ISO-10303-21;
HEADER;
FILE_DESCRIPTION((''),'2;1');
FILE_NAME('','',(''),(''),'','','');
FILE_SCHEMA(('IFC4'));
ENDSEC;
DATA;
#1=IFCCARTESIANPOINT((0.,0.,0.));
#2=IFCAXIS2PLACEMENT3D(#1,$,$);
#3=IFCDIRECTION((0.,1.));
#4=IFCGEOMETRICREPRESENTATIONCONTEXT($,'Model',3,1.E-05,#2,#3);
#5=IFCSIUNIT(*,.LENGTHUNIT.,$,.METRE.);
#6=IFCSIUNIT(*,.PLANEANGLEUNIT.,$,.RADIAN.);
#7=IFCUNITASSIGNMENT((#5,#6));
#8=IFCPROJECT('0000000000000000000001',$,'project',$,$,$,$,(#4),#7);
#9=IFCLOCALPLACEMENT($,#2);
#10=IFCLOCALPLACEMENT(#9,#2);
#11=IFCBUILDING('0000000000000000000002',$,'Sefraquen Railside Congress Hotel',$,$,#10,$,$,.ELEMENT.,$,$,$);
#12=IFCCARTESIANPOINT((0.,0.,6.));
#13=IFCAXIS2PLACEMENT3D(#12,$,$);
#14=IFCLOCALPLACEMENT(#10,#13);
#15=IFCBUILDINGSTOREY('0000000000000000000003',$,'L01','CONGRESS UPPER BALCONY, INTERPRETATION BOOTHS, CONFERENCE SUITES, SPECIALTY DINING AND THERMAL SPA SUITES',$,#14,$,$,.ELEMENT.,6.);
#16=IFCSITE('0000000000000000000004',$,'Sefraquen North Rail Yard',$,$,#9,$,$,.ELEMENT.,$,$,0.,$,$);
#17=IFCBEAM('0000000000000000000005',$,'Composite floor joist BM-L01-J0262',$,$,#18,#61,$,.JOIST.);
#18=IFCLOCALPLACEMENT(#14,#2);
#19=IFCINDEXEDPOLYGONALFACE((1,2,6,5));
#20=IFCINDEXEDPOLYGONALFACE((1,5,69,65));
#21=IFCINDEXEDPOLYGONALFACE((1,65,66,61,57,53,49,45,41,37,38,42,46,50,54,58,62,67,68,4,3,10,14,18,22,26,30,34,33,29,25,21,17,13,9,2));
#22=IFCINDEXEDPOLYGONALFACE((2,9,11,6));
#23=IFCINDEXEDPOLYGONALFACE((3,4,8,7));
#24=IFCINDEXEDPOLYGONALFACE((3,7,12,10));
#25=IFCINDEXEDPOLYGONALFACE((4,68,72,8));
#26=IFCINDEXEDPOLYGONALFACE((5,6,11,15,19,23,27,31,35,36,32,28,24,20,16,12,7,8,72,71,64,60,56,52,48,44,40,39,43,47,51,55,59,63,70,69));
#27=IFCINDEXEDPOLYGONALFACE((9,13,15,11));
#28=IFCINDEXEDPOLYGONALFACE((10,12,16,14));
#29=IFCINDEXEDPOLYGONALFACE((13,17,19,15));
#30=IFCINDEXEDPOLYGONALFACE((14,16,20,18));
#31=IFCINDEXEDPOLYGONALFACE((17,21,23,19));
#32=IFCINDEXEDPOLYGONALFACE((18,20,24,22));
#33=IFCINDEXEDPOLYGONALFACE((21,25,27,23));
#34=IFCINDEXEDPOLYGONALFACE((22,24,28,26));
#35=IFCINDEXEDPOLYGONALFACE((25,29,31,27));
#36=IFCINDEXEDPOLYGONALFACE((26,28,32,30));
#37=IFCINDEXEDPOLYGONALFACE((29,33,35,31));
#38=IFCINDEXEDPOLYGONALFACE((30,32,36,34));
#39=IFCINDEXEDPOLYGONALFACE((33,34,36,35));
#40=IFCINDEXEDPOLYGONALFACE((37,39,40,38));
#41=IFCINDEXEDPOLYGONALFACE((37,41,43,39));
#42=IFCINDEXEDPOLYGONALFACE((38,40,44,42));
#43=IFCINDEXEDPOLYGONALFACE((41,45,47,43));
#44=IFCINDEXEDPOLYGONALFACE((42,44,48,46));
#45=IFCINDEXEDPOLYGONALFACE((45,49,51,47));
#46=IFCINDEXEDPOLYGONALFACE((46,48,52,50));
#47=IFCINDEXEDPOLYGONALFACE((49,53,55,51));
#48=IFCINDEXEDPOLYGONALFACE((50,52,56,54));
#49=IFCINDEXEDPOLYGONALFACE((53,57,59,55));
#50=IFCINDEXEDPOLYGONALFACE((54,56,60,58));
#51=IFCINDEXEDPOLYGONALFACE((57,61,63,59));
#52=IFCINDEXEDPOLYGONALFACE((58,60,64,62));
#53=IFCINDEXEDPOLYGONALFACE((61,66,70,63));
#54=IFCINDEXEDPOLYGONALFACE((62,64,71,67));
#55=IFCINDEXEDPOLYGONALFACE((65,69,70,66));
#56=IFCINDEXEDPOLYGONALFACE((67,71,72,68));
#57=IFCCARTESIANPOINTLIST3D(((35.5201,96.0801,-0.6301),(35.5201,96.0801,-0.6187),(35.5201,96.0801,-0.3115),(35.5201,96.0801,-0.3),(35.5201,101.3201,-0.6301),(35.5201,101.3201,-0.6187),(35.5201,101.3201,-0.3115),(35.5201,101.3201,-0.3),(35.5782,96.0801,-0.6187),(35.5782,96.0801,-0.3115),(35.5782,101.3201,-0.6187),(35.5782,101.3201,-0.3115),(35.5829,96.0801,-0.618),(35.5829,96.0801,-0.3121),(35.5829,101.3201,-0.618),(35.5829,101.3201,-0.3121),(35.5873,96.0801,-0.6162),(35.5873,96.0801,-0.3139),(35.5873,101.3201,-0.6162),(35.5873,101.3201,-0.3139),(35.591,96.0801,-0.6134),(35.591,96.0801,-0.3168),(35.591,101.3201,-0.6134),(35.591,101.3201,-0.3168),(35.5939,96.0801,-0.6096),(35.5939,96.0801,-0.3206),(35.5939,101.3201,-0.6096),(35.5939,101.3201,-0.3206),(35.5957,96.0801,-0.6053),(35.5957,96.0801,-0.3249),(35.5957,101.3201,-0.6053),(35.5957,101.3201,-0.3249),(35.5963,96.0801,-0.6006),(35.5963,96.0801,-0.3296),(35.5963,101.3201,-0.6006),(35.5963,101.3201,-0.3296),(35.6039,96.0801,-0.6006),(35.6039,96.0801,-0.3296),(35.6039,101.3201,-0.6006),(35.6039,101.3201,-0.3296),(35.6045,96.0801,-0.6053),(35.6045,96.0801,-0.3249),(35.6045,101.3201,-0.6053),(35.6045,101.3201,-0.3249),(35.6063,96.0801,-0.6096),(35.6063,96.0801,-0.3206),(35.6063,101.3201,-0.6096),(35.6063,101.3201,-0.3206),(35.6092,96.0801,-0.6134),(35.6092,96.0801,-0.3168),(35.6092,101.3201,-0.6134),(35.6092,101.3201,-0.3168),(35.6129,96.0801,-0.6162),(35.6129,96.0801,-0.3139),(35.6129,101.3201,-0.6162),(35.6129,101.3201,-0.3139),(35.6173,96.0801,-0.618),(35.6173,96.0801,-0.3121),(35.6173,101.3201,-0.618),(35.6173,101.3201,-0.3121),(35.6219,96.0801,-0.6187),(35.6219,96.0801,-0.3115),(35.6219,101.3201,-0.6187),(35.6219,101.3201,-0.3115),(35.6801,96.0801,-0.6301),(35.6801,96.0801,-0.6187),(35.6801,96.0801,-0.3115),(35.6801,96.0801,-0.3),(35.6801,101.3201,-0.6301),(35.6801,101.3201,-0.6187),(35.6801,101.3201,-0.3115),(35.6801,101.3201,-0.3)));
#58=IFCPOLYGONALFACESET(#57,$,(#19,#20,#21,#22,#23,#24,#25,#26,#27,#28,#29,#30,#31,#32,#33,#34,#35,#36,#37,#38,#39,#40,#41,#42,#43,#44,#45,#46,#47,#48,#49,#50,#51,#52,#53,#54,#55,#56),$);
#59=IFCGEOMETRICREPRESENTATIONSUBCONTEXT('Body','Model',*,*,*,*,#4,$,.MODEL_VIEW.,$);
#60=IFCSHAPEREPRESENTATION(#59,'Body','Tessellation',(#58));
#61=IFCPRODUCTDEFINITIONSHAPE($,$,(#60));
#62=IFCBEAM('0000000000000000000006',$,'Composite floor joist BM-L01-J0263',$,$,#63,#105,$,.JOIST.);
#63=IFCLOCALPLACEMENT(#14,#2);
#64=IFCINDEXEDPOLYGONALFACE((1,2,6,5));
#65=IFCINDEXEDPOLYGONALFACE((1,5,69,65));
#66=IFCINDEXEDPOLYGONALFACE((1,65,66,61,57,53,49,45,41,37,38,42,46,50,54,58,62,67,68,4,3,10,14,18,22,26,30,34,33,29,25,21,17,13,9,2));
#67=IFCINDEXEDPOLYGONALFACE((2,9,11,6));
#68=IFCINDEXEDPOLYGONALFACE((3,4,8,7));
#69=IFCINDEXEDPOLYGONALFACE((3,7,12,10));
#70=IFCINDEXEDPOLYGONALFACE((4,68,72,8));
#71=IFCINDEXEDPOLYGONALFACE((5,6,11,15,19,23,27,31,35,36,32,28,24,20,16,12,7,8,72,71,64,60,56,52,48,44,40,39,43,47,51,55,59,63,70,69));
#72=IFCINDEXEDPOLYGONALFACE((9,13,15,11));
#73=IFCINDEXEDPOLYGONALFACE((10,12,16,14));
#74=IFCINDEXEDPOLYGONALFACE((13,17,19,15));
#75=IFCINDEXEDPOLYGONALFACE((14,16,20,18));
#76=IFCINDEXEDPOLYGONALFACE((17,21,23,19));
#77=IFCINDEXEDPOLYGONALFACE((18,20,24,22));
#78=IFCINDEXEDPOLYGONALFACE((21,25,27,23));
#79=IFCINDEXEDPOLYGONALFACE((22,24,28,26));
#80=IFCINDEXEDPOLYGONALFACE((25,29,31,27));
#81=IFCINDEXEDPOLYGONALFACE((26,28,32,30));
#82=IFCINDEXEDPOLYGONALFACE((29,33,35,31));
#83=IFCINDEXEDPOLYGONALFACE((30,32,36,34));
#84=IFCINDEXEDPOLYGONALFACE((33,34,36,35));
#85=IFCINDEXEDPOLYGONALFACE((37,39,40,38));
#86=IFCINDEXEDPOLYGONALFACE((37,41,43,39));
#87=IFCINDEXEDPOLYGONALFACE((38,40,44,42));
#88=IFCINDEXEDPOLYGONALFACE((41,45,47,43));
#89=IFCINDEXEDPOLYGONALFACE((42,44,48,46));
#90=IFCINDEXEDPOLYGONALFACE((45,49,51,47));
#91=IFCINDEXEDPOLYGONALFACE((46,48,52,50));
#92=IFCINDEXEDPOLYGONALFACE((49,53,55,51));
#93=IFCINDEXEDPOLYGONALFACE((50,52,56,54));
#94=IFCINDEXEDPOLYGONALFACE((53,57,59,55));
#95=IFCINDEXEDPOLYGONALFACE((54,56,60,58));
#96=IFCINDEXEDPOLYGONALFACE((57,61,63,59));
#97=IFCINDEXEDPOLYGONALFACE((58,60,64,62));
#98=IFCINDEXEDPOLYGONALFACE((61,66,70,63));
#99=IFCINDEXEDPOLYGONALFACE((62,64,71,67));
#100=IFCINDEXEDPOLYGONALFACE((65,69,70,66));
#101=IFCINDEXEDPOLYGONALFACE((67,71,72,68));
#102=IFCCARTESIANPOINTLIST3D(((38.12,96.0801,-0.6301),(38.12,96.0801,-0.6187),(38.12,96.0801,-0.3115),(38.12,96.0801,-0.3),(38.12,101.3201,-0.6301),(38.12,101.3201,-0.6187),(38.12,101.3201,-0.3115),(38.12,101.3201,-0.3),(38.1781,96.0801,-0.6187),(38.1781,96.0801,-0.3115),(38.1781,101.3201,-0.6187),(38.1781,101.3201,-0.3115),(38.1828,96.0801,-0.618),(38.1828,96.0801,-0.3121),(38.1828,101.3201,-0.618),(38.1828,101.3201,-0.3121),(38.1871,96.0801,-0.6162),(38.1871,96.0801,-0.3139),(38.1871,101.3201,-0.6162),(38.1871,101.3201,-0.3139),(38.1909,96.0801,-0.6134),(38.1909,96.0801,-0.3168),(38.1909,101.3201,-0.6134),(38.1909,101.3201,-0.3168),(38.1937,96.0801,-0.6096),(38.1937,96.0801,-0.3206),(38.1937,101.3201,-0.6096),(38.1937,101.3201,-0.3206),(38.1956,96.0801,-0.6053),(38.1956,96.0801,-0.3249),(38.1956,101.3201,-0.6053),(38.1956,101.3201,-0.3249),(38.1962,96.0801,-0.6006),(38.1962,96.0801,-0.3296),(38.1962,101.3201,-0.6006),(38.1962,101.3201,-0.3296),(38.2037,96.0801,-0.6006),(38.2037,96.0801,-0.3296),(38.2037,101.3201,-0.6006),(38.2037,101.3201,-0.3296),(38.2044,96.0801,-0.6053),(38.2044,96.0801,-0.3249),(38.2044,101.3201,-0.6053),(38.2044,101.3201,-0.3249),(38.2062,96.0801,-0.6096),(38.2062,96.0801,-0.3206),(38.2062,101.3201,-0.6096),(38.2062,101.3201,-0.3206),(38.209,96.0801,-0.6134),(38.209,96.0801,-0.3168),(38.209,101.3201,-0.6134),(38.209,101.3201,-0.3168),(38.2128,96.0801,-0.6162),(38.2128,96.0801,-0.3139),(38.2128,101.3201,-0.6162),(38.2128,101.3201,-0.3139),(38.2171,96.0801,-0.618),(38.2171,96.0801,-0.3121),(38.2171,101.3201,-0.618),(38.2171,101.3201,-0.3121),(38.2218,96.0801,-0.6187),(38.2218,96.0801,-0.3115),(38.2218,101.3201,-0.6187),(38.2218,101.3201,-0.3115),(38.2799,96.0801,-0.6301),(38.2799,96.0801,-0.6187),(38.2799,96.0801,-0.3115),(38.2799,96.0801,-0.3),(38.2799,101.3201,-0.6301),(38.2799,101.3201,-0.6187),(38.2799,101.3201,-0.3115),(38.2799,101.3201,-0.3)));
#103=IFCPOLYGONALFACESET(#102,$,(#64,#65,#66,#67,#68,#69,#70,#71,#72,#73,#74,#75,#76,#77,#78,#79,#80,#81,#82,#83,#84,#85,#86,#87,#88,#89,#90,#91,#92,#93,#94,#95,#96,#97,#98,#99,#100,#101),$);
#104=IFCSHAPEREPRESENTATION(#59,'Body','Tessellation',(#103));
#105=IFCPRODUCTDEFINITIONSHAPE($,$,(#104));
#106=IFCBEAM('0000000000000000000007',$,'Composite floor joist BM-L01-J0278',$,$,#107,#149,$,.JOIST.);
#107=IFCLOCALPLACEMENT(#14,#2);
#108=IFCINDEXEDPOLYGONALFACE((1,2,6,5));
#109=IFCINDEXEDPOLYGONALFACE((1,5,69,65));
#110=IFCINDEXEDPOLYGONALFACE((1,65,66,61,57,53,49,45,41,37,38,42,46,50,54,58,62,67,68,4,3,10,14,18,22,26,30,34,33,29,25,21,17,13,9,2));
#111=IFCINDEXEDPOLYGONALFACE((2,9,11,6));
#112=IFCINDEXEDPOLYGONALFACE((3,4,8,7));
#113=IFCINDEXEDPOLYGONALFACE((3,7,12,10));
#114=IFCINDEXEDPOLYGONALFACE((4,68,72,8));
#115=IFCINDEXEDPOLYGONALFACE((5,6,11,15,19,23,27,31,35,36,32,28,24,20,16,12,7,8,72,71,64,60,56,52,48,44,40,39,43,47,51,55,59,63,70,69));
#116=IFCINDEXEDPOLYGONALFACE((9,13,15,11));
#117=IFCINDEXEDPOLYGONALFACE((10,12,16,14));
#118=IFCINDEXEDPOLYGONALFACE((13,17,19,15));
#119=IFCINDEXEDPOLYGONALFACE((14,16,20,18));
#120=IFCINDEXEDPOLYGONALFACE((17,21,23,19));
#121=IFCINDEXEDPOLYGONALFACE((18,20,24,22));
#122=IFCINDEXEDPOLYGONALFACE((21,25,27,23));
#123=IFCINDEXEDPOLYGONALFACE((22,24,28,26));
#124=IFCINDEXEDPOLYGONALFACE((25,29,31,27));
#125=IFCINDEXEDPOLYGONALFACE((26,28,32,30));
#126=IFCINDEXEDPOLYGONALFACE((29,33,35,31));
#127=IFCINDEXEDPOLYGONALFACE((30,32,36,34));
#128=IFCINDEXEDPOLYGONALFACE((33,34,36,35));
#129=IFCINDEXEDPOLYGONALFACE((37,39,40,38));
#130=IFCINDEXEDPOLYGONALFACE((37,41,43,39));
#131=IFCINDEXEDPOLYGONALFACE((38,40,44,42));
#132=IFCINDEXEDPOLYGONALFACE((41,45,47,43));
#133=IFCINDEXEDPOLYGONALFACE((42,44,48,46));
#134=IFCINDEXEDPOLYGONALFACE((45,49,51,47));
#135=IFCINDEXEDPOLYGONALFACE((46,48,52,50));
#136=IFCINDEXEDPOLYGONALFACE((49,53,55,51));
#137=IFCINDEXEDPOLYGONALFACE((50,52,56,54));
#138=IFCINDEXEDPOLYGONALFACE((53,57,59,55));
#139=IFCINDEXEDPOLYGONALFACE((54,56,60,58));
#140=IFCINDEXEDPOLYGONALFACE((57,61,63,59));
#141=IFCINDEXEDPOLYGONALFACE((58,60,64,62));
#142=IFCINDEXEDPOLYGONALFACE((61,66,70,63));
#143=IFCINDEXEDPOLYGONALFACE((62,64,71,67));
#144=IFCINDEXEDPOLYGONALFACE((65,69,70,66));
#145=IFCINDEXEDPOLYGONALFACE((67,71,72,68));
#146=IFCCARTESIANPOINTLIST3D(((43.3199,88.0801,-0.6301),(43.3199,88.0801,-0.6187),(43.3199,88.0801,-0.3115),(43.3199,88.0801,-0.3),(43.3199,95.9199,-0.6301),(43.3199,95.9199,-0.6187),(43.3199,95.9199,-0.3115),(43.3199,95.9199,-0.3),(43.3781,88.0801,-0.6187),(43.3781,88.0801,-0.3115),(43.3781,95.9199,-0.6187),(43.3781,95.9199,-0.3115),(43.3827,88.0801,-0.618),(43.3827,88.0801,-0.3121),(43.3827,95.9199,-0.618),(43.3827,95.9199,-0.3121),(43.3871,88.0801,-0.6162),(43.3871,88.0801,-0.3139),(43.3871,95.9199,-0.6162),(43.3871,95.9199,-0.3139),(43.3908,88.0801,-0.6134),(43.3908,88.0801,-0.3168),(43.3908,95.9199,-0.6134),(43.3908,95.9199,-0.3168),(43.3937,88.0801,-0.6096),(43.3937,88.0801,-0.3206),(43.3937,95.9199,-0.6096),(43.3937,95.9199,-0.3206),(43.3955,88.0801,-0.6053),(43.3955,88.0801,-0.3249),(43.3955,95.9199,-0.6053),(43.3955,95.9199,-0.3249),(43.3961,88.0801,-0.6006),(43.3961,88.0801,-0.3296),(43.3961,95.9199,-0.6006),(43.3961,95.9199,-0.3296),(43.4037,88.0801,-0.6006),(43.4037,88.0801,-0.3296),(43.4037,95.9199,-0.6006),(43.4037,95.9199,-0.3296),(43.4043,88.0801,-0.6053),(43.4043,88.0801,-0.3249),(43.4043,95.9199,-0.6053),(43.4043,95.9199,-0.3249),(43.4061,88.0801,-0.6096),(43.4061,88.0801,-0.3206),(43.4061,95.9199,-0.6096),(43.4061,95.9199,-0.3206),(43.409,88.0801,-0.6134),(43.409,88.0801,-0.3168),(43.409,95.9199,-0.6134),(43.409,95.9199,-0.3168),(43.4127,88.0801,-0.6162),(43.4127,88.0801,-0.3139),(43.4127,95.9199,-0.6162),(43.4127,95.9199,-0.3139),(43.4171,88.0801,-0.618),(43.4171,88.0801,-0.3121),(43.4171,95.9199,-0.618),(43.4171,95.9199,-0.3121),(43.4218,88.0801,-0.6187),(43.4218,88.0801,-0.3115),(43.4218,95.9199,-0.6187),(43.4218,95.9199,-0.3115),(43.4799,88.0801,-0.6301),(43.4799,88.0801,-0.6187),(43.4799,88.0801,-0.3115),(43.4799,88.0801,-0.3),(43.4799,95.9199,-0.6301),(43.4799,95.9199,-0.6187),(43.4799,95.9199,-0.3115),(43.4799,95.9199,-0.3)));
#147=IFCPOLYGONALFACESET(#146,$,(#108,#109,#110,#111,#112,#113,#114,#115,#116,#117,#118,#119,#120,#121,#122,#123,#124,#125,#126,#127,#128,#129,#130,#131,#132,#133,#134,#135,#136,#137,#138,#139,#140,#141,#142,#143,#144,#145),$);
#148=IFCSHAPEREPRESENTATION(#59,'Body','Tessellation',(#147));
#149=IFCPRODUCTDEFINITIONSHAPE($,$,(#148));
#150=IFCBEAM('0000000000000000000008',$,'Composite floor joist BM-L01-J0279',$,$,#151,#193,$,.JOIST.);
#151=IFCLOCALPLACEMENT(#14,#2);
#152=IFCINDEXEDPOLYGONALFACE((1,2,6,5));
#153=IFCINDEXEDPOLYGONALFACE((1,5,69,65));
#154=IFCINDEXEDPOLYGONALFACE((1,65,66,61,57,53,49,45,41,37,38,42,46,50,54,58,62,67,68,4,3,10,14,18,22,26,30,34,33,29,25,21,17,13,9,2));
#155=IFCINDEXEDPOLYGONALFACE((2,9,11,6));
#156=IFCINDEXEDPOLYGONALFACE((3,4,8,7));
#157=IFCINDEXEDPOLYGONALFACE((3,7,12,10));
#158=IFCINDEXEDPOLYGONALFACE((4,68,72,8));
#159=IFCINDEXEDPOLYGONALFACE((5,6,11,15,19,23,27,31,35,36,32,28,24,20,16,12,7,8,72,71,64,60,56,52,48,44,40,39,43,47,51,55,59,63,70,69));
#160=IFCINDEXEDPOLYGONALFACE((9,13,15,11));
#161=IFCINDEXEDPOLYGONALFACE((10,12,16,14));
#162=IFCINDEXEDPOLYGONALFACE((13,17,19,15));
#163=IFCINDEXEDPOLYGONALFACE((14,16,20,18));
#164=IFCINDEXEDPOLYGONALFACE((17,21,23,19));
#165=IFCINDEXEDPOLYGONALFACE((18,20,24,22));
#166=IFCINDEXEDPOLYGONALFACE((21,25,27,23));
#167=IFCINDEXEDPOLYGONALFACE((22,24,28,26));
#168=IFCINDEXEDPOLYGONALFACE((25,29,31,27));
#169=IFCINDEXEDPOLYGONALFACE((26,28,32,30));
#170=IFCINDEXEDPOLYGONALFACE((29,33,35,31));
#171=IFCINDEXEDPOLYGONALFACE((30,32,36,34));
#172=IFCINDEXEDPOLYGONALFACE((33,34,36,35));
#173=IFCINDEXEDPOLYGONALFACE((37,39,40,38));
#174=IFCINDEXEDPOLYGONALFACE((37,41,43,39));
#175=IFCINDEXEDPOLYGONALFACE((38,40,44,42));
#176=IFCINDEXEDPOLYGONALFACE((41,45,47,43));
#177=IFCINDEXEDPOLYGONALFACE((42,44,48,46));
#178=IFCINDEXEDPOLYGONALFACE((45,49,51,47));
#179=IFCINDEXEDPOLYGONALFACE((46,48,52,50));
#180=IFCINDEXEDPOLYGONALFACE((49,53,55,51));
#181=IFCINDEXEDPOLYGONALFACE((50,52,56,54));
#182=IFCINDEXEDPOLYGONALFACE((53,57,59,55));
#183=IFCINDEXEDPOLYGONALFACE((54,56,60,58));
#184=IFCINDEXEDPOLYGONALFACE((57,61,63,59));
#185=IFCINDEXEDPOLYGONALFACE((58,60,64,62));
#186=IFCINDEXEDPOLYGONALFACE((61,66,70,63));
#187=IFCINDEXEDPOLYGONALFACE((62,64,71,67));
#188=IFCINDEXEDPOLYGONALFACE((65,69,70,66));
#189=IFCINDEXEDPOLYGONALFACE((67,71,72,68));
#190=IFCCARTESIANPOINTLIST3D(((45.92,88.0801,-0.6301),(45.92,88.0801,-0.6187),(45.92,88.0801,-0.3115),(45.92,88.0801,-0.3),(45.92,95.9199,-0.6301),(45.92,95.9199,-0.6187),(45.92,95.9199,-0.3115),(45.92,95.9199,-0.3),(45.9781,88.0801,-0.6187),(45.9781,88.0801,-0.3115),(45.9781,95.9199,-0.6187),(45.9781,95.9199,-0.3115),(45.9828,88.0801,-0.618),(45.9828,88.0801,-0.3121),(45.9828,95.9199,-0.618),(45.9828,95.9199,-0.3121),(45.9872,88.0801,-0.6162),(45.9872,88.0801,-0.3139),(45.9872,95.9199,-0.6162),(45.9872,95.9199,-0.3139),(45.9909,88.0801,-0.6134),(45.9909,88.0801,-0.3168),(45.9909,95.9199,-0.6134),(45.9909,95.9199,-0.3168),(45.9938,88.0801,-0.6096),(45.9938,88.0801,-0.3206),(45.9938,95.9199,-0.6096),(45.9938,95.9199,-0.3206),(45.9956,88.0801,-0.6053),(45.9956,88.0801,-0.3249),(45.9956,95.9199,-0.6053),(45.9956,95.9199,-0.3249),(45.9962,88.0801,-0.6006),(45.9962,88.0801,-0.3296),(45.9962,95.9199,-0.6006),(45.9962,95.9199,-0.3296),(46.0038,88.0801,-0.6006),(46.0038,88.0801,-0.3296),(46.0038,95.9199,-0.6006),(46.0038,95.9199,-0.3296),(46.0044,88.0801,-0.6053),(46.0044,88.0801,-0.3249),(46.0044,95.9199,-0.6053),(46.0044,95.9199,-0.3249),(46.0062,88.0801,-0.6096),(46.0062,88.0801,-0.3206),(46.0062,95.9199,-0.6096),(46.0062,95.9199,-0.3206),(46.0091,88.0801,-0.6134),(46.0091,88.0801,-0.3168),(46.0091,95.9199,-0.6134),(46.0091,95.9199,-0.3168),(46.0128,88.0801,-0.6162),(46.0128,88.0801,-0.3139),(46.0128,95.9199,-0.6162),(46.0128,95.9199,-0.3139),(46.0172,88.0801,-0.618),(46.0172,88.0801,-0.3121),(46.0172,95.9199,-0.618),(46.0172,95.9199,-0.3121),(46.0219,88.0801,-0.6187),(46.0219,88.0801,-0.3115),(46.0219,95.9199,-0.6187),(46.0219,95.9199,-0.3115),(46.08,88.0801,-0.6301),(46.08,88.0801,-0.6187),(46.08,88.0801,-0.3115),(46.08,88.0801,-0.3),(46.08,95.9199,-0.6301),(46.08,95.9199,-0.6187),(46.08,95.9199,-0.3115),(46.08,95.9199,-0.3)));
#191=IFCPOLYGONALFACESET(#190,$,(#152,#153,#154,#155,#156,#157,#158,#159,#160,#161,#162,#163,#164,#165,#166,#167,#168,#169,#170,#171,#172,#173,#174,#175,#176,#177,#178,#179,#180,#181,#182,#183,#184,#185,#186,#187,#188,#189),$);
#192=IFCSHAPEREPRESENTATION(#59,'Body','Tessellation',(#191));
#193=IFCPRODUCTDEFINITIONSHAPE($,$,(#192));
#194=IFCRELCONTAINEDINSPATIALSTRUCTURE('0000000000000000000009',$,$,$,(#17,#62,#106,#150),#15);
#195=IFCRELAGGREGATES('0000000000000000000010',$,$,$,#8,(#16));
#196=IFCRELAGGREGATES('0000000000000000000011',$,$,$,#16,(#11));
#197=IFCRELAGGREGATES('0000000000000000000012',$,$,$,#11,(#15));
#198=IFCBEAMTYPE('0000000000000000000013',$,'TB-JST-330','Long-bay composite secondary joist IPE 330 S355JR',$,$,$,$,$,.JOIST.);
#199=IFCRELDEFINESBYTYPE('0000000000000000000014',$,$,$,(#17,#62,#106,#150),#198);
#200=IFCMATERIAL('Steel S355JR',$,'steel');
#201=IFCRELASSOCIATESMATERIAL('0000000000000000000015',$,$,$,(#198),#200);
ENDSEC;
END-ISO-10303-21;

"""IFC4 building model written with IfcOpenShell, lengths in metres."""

from ifc_helpers import new_model, si_unit, direction, frame, origin, origin_2d, place, context, subcontext, project, spatial, i_section, extrude, material, material_profile, profile_set, type_object, element, save


model = new_model("IFC4")

# Units and contexts
model_context = context("Model", 3, precision=1e-05, world=origin(), true_north=direction((0.0, 1.0)))
body_context = subcontext(model_context, "Body", "Model", "MODEL_VIEW")
ifc_project = project(units=[si_unit("LENGTHUNIT", "METRE"), si_unit("PLANEANGLEUNIT", "RADIAN")], contexts=[model_context])

# Site, building, storey
site_placement = place(None, origin())
site = spatial("IfcSite", under=ifc_project, at=site_placement, Name="Sefraquen North Rail Yard", CompositionType="ELEMENT", RefElevation=0.0)
building_placement = place(site_placement, origin())
building = spatial("IfcBuilding", under=site, at=building_placement, Name="Sefraquen Railside Congress Hotel", CompositionType="ELEMENT")
storey_placement = place(building_placement, frame((0.0, 0.0, 6.0)))
storey = spatial("IfcBuildingStorey", under=building, at=storey_placement, Name="L01", Description="CONGRESS UPPER BALCONY, INTERPRETATION BOOTHS, CONFERENCE SUITES, SPECIALTY DINING AND THERMAL SPA SUITES", CompositionType="ELEMENT", Elevation=6.0)

# Beams
ifc_material_1 = material(Name="Steel S355JR", Category="steel")
ifc_material_profile_1 = material_profile(ifc_material_1, i_section(OverallWidth=0.1599, OverallDepth=0.3301, WebThickness=0.0076, FlangeThickness=0.0115, FilletRadius=0.0181, at=origin_2d()), Name="IPE 330")
ifc_profile_set_1 = profile_set([ifc_material_profile_1], Name="Steel S355JR")
beam_type_1 = type_object("IfcBeamType", Name="TB-JST-330", Description="Long-bay composite secondary joist IPE 330 S355JR", PredefinedType="JOIST", material=ifc_profile_set_1)
for number, where, z_axis, x_axis, name in (
    (1, (35.6001, 96.0801, -0.4651), (0.0, 1.0, 0.0), (-1.0, 0.0, 0.0), "Composite floor joist BM-L01-J0262"),
    (2, (38.2, 96.0801, -0.4651), (0.0, 1.0, 0.0), (-1.0, 0.0, 0.0), "Composite floor joist BM-L01-J0263"),
):
    element("IfcBeam", number, at=place(storey_placement, frame(where, z_axis=z_axis, x_axis=x_axis)), inside=storey, type_object=beam_type_1, Name=name, PredefinedType="JOIST", context=body_context, shape_type="SweptSolid", body=[
        extrude(i_section(OverallWidth=0.1599, OverallDepth=0.3301, WebThickness=0.0076, FlangeThickness=0.0115, FilletRadius=0.0181, at=origin_2d()), origin(), (0.0, 0.0, 1.0), 5.24),
    ])
for number, where, z_axis, x_axis, name in (
    (3, (43.3999, 88.0801, -0.4651), (0.0, 1.0, 0.0), (-1.0, 0.0, 0.0), "Composite floor joist BM-L01-J0278"),
    (4, (46.0, 88.0801, -0.4651), (0.0, 1.0, 0.0), (-1.0, 0.0, 0.0), "Composite floor joist BM-L01-J0279"),
):
    element("IfcBeam", number, at=place(storey_placement, frame(where, z_axis=z_axis, x_axis=x_axis)), inside=storey, type_object=beam_type_1, Name=name, PredefinedType="JOIST", context=body_context, shape_type="SweptSolid", body=[
        extrude(i_section(OverallWidth=0.1599, OverallDepth=0.3301, WebThickness=0.0076, FlangeThickness=0.0115, FilletRadius=0.0181, at=origin_2d()), origin(), (0.0, 0.0, 1.0), 7.8398),
    ])

save(model, "model.ifc")
